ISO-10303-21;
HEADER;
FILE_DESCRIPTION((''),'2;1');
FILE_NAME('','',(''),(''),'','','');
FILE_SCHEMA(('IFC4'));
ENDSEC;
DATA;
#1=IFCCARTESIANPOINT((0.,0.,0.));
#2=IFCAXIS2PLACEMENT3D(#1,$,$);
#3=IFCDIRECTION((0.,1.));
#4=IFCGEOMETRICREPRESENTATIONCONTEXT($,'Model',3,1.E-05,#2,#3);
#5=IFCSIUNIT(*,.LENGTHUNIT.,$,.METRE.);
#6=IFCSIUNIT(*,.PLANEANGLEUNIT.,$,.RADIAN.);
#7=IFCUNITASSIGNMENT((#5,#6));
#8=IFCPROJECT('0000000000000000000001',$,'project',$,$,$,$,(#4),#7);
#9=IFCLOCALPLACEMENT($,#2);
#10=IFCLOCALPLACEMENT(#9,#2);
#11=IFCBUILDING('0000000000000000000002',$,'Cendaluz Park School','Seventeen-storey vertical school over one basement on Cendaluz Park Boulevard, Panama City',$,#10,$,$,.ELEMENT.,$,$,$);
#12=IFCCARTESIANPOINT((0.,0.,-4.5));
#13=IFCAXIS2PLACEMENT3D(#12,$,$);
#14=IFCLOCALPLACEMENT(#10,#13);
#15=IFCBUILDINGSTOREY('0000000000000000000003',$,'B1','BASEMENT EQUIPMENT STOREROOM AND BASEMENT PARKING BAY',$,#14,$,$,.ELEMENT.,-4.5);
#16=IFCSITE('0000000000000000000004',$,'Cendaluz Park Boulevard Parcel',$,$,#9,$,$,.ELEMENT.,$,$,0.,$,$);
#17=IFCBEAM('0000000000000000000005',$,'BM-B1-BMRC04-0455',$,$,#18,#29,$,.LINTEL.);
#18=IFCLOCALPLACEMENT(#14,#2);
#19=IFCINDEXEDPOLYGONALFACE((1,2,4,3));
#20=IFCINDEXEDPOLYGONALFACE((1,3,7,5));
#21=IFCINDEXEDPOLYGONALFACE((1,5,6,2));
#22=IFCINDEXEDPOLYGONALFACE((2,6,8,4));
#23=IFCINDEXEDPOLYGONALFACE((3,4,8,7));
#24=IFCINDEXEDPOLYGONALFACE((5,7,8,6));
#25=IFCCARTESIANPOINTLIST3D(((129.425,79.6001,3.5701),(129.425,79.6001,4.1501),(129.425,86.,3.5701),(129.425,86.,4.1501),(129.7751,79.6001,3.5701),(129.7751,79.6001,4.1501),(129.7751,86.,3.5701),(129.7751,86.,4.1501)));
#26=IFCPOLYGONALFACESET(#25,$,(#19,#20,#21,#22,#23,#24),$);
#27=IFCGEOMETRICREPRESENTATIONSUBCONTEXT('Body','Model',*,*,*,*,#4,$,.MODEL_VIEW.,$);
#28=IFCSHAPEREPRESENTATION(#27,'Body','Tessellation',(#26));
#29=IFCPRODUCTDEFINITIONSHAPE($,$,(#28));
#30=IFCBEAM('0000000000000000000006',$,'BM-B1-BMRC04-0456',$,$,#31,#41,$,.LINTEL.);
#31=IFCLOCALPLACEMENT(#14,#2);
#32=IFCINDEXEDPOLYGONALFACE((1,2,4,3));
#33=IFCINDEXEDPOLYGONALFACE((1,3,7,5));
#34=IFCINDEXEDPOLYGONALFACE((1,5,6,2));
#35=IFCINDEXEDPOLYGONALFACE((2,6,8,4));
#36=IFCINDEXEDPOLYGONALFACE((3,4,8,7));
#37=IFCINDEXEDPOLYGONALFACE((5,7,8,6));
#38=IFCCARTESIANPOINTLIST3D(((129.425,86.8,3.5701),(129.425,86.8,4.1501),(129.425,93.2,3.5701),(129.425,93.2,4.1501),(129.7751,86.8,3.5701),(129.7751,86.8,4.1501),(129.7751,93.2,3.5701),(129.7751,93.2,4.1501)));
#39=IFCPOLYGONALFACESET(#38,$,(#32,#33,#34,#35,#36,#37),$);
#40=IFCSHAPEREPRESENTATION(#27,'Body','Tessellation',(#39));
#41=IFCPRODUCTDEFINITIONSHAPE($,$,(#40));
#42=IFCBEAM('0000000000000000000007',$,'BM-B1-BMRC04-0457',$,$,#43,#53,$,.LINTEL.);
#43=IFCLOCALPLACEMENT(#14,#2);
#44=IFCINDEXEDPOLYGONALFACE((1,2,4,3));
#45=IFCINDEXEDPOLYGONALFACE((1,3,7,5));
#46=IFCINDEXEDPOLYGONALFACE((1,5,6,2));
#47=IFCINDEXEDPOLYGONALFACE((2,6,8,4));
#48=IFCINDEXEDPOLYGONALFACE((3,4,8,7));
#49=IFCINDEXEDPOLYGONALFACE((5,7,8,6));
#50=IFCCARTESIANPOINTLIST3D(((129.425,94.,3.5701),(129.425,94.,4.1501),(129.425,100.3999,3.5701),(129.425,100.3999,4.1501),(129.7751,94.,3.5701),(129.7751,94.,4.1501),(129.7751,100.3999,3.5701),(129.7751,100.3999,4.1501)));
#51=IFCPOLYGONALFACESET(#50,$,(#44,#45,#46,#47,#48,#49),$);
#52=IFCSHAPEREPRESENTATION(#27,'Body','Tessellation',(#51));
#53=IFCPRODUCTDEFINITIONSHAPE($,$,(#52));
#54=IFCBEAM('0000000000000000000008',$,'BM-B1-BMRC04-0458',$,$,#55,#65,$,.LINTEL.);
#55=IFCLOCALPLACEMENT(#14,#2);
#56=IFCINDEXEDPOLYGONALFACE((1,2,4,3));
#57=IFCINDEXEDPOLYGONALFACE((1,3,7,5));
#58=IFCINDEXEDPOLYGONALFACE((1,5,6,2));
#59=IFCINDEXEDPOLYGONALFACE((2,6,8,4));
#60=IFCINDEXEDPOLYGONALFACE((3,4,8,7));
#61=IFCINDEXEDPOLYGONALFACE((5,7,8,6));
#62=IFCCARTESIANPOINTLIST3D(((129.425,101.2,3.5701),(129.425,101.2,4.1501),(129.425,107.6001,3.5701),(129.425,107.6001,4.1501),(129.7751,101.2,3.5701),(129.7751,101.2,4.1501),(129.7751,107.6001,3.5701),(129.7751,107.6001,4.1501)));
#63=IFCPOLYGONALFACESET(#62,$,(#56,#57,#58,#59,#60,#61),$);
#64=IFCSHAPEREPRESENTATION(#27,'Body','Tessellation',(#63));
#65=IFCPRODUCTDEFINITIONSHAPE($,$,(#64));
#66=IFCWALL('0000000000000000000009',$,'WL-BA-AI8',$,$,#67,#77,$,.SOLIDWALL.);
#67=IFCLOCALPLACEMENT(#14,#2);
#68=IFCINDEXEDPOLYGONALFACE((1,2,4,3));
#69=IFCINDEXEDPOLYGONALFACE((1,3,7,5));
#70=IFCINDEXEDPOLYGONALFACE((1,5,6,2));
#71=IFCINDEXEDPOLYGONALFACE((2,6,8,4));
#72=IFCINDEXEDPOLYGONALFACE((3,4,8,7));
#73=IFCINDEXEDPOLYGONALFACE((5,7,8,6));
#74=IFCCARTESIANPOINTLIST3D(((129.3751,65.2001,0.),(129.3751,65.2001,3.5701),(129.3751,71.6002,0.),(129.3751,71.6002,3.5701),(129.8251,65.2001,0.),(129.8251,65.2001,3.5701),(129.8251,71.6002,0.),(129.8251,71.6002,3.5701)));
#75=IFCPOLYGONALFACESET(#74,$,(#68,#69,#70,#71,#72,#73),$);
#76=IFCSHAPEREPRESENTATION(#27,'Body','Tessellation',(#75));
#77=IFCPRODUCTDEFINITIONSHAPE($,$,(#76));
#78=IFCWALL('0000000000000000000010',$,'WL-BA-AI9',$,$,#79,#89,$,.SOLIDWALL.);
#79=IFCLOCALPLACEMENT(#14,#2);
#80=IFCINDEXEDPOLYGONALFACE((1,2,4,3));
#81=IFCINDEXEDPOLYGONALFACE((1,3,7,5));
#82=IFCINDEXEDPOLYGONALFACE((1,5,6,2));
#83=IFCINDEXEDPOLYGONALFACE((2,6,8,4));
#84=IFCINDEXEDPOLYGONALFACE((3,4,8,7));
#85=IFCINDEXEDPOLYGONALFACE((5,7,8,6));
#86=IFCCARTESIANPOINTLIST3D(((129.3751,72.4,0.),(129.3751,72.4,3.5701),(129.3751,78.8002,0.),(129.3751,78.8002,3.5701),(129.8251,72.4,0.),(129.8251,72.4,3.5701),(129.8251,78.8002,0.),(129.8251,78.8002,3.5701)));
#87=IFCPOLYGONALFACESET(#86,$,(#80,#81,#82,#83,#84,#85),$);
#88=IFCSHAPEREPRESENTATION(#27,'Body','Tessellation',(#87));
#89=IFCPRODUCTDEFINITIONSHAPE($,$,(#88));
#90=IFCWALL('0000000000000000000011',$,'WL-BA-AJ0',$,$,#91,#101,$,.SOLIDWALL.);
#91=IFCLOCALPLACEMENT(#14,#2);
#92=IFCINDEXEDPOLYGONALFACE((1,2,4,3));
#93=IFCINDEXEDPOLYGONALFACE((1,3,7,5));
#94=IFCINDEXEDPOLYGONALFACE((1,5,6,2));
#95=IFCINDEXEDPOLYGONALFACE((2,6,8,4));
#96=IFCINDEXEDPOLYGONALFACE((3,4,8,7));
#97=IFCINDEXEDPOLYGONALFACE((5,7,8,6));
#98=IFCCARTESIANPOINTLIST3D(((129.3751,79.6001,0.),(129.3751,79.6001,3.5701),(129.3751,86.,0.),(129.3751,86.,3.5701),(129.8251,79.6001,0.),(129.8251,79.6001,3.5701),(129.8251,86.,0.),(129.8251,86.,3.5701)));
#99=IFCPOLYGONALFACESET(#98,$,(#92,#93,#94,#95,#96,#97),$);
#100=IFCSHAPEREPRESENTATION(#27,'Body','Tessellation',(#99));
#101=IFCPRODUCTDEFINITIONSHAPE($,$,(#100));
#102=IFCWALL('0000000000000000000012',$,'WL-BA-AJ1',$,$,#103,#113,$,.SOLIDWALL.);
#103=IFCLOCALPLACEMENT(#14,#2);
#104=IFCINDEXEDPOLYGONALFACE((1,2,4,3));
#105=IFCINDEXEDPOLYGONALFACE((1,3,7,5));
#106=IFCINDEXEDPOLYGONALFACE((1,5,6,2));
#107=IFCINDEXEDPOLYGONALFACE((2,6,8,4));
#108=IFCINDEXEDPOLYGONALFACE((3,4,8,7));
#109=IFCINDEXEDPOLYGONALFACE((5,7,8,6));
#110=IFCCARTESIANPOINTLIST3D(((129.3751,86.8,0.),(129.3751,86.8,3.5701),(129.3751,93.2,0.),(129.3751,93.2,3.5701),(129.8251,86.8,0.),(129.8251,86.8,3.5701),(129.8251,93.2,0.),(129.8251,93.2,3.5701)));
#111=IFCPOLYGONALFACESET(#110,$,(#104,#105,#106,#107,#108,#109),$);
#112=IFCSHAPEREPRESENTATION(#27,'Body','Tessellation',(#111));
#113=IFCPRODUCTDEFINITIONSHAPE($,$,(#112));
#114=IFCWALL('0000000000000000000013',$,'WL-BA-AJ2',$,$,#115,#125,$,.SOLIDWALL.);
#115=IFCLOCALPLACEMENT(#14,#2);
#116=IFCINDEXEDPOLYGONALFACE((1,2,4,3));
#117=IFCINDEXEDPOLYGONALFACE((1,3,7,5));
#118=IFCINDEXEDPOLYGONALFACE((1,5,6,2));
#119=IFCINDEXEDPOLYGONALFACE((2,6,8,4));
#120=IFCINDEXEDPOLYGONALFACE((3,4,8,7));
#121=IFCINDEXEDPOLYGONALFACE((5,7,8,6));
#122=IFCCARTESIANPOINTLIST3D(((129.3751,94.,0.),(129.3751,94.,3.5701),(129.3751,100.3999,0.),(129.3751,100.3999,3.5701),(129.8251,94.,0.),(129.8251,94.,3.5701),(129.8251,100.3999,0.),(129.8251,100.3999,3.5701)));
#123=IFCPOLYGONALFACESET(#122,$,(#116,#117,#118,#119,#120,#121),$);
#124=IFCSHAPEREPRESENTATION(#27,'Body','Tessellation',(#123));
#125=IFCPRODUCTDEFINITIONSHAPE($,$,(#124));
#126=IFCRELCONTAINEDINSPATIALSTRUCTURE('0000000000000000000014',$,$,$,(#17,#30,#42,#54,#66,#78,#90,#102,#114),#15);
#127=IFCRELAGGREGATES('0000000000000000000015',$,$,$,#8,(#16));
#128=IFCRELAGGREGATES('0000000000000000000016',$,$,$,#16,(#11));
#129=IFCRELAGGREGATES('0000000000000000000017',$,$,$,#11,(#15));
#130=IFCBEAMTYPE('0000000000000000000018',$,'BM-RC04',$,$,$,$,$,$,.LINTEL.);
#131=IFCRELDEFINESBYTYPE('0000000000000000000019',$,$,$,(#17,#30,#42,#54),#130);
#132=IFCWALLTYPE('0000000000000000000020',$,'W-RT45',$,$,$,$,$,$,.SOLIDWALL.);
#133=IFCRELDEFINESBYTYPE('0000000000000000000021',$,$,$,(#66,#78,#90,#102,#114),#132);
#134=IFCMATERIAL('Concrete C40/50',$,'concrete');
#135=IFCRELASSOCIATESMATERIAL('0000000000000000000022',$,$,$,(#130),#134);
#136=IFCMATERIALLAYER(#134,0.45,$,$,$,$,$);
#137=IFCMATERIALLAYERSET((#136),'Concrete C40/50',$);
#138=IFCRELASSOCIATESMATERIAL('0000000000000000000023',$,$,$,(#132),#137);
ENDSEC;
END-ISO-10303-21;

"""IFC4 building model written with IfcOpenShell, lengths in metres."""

from ifc_helpers import new_model, si_unit, direction, frame, frame_2d, origin, origin_2d, place, context, subcontext, project, spatial, rectangle, extrude, material, layer, layer_set, material_profile, profile_set, type_object, element, save


model = new_model("IFC4")

# Units and contexts
model_context = context("Model", 3, precision=1e-05, world=origin(), true_north=direction((0.0, 1.0)))
body_context = subcontext(model_context, "Body", "Model", "MODEL_VIEW")
ifc_project = project(units=[si_unit("LENGTHUNIT", "METRE"), si_unit("PLANEANGLEUNIT", "RADIAN")], contexts=[model_context])

# Site, building, storey
site_placement = place(None, origin())
site = spatial("IfcSite", under=ifc_project, at=site_placement, Name="Cendaluz Park Boulevard Parcel", CompositionType="ELEMENT", RefElevation=0.0)
building_placement = place(site_placement, origin())
building = spatial("IfcBuilding", under=site, at=building_placement, Name="Cendaluz Park School", Description="Seventeen-storey vertical school over one basement on Cendaluz Park Boulevard, Panama City", CompositionType="ELEMENT")
storey_placement = place(building_placement, frame((0.0, 0.0, -4.5)))
storey = spatial("IfcBuildingStorey", under=building, at=storey_placement, Name="B1", Description="BASEMENT EQUIPMENT STOREROOM AND BASEMENT PARKING BAY", CompositionType="ELEMENT", Elevation=-4.5)

# Shared definitions
ifc_material = material(Name="Concrete C40/50", Category="concrete")

# Beams
ifc_material_profile_1 = material_profile(ifc_material, rectangle(XDim=0.3501, YDim=0.5801, at=origin_2d()), Name="RC 350x580", Category="concrete")
ifc_profile_set_1 = profile_set([ifc_material_profile_1], Name="Concrete C40/50")
beam_type = type_object("IfcBeamType", Name="BM-RC04", PredefinedType="LINTEL", material=ifc_profile_set_1)
for number, where, z_axis, x_axis, name in (
    (1, (129.6001, 79.6001, 3.8601), (0.0, 1.0, 0.0), (-1.0, 0.0, 0.0), "BM-B1-BMRC04-0455"),
    (2, (129.6001, 86.8, 3.8601), (0.0, 1.0, 0.0), (-1.0, 0.0, 0.0), "BM-B1-BMRC04-0456"),
    (3, (129.6001, 94.0, 3.8601), (0.0, 1.0, 0.0), (-1.0, 0.0, 0.0), "BM-B1-BMRC04-0457"),
):
    element("IfcBeam", number, at=place(storey_placement, frame(where, z_axis=z_axis, x_axis=x_axis)), inside=storey, type_object=beam_type, Name=name, PredefinedType="LINTEL", context=body_context, shape_type="SweptSolid", body=[
        extrude(rectangle(XDim=0.3501, YDim=0.5801, at=origin_2d()), origin(), (0.0, 0.0, 1.0), 6.3999),
    ])
beam_placement = place(storey_placement, frame((129.6001, 101.2, 3.8601), z_axis=(0.0, 1.0, 0.0), x_axis=(-1.0, 0.0, 0.0)))
element("IfcBeam", 4, at=beam_placement, inside=storey, type_object=beam_type, Name="BM-B1-BMRC04-0458", PredefinedType="LINTEL", context=body_context, shape_type="SweptSolid", body=[
    extrude(rectangle(XDim=0.3501, YDim=0.5801, at=origin_2d()), origin(), (0.0, 0.0, 1.0), 6.4001),
])

# Walls
ifc_layer = layer(ifc_material, 0.45)
ifc_layer_set = layer_set([ifc_layer], Name="Concrete C40/50")
wall_type = type_object("IfcWallType", Name="W-RT45", PredefinedType="SOLIDWALL", material=ifc_layer_set)
for number, where, z_axis, x_axis, name in (
    (5, (129.6001, 65.2, 0.0), (0.0, 0.0, 1.0), (0.0, 1.0, 0.0), "WL-BA-AI8"),
    (6, (129.6001, 72.3999, 0.0), (0.0, 0.0, 1.0), (0.0, 1.0, 0.0), "WL-BA-AI9"),
):
    element("IfcWall", number, at=place(storey_placement, frame(where, z_axis=z_axis, x_axis=x_axis)), inside=storey, type_object=wall_type, Name=name, PredefinedType="SOLIDWALL", context=body_context, shape_type="SweptSolid", body=[
        extrude(rectangle(XDim=6.4001, YDim=0.45, at=frame_2d((3.2002, 0.0))), origin(), (0.0, 0.0, 1.0), 3.5701),
    ])
for number, where, z_axis, x_axis, name in (
    (7, (129.6001, 79.6001, 0.0), (0.0, 0.0, 1.0), (0.0, 1.0, 0.0), "WL-BA-AJ0"),
    (8, (129.6001, 86.8, 0.0), (0.0, 0.0, 1.0), (0.0, 1.0, 0.0), "WL-BA-AJ1"),
    (9, (129.6001, 94.0, 0.0), (0.0, 0.0, 1.0), (0.0, 1.0, 0.0), "WL-BA-AJ2"),
):
    element("IfcWall", number, at=place(storey_placement, frame(where, z_axis=z_axis, x_axis=x_axis)), inside=storey, type_object=wall_type, Name=name, PredefinedType="SOLIDWALL", context=body_context, shape_type="SweptSolid", body=[
        extrude(rectangle(XDim=6.3999, YDim=0.45, at=frame_2d((3.2, 0.0))), origin(), (0.0, 0.0, 1.0), 3.5701),
    ])

save(model, "model.ifc")
